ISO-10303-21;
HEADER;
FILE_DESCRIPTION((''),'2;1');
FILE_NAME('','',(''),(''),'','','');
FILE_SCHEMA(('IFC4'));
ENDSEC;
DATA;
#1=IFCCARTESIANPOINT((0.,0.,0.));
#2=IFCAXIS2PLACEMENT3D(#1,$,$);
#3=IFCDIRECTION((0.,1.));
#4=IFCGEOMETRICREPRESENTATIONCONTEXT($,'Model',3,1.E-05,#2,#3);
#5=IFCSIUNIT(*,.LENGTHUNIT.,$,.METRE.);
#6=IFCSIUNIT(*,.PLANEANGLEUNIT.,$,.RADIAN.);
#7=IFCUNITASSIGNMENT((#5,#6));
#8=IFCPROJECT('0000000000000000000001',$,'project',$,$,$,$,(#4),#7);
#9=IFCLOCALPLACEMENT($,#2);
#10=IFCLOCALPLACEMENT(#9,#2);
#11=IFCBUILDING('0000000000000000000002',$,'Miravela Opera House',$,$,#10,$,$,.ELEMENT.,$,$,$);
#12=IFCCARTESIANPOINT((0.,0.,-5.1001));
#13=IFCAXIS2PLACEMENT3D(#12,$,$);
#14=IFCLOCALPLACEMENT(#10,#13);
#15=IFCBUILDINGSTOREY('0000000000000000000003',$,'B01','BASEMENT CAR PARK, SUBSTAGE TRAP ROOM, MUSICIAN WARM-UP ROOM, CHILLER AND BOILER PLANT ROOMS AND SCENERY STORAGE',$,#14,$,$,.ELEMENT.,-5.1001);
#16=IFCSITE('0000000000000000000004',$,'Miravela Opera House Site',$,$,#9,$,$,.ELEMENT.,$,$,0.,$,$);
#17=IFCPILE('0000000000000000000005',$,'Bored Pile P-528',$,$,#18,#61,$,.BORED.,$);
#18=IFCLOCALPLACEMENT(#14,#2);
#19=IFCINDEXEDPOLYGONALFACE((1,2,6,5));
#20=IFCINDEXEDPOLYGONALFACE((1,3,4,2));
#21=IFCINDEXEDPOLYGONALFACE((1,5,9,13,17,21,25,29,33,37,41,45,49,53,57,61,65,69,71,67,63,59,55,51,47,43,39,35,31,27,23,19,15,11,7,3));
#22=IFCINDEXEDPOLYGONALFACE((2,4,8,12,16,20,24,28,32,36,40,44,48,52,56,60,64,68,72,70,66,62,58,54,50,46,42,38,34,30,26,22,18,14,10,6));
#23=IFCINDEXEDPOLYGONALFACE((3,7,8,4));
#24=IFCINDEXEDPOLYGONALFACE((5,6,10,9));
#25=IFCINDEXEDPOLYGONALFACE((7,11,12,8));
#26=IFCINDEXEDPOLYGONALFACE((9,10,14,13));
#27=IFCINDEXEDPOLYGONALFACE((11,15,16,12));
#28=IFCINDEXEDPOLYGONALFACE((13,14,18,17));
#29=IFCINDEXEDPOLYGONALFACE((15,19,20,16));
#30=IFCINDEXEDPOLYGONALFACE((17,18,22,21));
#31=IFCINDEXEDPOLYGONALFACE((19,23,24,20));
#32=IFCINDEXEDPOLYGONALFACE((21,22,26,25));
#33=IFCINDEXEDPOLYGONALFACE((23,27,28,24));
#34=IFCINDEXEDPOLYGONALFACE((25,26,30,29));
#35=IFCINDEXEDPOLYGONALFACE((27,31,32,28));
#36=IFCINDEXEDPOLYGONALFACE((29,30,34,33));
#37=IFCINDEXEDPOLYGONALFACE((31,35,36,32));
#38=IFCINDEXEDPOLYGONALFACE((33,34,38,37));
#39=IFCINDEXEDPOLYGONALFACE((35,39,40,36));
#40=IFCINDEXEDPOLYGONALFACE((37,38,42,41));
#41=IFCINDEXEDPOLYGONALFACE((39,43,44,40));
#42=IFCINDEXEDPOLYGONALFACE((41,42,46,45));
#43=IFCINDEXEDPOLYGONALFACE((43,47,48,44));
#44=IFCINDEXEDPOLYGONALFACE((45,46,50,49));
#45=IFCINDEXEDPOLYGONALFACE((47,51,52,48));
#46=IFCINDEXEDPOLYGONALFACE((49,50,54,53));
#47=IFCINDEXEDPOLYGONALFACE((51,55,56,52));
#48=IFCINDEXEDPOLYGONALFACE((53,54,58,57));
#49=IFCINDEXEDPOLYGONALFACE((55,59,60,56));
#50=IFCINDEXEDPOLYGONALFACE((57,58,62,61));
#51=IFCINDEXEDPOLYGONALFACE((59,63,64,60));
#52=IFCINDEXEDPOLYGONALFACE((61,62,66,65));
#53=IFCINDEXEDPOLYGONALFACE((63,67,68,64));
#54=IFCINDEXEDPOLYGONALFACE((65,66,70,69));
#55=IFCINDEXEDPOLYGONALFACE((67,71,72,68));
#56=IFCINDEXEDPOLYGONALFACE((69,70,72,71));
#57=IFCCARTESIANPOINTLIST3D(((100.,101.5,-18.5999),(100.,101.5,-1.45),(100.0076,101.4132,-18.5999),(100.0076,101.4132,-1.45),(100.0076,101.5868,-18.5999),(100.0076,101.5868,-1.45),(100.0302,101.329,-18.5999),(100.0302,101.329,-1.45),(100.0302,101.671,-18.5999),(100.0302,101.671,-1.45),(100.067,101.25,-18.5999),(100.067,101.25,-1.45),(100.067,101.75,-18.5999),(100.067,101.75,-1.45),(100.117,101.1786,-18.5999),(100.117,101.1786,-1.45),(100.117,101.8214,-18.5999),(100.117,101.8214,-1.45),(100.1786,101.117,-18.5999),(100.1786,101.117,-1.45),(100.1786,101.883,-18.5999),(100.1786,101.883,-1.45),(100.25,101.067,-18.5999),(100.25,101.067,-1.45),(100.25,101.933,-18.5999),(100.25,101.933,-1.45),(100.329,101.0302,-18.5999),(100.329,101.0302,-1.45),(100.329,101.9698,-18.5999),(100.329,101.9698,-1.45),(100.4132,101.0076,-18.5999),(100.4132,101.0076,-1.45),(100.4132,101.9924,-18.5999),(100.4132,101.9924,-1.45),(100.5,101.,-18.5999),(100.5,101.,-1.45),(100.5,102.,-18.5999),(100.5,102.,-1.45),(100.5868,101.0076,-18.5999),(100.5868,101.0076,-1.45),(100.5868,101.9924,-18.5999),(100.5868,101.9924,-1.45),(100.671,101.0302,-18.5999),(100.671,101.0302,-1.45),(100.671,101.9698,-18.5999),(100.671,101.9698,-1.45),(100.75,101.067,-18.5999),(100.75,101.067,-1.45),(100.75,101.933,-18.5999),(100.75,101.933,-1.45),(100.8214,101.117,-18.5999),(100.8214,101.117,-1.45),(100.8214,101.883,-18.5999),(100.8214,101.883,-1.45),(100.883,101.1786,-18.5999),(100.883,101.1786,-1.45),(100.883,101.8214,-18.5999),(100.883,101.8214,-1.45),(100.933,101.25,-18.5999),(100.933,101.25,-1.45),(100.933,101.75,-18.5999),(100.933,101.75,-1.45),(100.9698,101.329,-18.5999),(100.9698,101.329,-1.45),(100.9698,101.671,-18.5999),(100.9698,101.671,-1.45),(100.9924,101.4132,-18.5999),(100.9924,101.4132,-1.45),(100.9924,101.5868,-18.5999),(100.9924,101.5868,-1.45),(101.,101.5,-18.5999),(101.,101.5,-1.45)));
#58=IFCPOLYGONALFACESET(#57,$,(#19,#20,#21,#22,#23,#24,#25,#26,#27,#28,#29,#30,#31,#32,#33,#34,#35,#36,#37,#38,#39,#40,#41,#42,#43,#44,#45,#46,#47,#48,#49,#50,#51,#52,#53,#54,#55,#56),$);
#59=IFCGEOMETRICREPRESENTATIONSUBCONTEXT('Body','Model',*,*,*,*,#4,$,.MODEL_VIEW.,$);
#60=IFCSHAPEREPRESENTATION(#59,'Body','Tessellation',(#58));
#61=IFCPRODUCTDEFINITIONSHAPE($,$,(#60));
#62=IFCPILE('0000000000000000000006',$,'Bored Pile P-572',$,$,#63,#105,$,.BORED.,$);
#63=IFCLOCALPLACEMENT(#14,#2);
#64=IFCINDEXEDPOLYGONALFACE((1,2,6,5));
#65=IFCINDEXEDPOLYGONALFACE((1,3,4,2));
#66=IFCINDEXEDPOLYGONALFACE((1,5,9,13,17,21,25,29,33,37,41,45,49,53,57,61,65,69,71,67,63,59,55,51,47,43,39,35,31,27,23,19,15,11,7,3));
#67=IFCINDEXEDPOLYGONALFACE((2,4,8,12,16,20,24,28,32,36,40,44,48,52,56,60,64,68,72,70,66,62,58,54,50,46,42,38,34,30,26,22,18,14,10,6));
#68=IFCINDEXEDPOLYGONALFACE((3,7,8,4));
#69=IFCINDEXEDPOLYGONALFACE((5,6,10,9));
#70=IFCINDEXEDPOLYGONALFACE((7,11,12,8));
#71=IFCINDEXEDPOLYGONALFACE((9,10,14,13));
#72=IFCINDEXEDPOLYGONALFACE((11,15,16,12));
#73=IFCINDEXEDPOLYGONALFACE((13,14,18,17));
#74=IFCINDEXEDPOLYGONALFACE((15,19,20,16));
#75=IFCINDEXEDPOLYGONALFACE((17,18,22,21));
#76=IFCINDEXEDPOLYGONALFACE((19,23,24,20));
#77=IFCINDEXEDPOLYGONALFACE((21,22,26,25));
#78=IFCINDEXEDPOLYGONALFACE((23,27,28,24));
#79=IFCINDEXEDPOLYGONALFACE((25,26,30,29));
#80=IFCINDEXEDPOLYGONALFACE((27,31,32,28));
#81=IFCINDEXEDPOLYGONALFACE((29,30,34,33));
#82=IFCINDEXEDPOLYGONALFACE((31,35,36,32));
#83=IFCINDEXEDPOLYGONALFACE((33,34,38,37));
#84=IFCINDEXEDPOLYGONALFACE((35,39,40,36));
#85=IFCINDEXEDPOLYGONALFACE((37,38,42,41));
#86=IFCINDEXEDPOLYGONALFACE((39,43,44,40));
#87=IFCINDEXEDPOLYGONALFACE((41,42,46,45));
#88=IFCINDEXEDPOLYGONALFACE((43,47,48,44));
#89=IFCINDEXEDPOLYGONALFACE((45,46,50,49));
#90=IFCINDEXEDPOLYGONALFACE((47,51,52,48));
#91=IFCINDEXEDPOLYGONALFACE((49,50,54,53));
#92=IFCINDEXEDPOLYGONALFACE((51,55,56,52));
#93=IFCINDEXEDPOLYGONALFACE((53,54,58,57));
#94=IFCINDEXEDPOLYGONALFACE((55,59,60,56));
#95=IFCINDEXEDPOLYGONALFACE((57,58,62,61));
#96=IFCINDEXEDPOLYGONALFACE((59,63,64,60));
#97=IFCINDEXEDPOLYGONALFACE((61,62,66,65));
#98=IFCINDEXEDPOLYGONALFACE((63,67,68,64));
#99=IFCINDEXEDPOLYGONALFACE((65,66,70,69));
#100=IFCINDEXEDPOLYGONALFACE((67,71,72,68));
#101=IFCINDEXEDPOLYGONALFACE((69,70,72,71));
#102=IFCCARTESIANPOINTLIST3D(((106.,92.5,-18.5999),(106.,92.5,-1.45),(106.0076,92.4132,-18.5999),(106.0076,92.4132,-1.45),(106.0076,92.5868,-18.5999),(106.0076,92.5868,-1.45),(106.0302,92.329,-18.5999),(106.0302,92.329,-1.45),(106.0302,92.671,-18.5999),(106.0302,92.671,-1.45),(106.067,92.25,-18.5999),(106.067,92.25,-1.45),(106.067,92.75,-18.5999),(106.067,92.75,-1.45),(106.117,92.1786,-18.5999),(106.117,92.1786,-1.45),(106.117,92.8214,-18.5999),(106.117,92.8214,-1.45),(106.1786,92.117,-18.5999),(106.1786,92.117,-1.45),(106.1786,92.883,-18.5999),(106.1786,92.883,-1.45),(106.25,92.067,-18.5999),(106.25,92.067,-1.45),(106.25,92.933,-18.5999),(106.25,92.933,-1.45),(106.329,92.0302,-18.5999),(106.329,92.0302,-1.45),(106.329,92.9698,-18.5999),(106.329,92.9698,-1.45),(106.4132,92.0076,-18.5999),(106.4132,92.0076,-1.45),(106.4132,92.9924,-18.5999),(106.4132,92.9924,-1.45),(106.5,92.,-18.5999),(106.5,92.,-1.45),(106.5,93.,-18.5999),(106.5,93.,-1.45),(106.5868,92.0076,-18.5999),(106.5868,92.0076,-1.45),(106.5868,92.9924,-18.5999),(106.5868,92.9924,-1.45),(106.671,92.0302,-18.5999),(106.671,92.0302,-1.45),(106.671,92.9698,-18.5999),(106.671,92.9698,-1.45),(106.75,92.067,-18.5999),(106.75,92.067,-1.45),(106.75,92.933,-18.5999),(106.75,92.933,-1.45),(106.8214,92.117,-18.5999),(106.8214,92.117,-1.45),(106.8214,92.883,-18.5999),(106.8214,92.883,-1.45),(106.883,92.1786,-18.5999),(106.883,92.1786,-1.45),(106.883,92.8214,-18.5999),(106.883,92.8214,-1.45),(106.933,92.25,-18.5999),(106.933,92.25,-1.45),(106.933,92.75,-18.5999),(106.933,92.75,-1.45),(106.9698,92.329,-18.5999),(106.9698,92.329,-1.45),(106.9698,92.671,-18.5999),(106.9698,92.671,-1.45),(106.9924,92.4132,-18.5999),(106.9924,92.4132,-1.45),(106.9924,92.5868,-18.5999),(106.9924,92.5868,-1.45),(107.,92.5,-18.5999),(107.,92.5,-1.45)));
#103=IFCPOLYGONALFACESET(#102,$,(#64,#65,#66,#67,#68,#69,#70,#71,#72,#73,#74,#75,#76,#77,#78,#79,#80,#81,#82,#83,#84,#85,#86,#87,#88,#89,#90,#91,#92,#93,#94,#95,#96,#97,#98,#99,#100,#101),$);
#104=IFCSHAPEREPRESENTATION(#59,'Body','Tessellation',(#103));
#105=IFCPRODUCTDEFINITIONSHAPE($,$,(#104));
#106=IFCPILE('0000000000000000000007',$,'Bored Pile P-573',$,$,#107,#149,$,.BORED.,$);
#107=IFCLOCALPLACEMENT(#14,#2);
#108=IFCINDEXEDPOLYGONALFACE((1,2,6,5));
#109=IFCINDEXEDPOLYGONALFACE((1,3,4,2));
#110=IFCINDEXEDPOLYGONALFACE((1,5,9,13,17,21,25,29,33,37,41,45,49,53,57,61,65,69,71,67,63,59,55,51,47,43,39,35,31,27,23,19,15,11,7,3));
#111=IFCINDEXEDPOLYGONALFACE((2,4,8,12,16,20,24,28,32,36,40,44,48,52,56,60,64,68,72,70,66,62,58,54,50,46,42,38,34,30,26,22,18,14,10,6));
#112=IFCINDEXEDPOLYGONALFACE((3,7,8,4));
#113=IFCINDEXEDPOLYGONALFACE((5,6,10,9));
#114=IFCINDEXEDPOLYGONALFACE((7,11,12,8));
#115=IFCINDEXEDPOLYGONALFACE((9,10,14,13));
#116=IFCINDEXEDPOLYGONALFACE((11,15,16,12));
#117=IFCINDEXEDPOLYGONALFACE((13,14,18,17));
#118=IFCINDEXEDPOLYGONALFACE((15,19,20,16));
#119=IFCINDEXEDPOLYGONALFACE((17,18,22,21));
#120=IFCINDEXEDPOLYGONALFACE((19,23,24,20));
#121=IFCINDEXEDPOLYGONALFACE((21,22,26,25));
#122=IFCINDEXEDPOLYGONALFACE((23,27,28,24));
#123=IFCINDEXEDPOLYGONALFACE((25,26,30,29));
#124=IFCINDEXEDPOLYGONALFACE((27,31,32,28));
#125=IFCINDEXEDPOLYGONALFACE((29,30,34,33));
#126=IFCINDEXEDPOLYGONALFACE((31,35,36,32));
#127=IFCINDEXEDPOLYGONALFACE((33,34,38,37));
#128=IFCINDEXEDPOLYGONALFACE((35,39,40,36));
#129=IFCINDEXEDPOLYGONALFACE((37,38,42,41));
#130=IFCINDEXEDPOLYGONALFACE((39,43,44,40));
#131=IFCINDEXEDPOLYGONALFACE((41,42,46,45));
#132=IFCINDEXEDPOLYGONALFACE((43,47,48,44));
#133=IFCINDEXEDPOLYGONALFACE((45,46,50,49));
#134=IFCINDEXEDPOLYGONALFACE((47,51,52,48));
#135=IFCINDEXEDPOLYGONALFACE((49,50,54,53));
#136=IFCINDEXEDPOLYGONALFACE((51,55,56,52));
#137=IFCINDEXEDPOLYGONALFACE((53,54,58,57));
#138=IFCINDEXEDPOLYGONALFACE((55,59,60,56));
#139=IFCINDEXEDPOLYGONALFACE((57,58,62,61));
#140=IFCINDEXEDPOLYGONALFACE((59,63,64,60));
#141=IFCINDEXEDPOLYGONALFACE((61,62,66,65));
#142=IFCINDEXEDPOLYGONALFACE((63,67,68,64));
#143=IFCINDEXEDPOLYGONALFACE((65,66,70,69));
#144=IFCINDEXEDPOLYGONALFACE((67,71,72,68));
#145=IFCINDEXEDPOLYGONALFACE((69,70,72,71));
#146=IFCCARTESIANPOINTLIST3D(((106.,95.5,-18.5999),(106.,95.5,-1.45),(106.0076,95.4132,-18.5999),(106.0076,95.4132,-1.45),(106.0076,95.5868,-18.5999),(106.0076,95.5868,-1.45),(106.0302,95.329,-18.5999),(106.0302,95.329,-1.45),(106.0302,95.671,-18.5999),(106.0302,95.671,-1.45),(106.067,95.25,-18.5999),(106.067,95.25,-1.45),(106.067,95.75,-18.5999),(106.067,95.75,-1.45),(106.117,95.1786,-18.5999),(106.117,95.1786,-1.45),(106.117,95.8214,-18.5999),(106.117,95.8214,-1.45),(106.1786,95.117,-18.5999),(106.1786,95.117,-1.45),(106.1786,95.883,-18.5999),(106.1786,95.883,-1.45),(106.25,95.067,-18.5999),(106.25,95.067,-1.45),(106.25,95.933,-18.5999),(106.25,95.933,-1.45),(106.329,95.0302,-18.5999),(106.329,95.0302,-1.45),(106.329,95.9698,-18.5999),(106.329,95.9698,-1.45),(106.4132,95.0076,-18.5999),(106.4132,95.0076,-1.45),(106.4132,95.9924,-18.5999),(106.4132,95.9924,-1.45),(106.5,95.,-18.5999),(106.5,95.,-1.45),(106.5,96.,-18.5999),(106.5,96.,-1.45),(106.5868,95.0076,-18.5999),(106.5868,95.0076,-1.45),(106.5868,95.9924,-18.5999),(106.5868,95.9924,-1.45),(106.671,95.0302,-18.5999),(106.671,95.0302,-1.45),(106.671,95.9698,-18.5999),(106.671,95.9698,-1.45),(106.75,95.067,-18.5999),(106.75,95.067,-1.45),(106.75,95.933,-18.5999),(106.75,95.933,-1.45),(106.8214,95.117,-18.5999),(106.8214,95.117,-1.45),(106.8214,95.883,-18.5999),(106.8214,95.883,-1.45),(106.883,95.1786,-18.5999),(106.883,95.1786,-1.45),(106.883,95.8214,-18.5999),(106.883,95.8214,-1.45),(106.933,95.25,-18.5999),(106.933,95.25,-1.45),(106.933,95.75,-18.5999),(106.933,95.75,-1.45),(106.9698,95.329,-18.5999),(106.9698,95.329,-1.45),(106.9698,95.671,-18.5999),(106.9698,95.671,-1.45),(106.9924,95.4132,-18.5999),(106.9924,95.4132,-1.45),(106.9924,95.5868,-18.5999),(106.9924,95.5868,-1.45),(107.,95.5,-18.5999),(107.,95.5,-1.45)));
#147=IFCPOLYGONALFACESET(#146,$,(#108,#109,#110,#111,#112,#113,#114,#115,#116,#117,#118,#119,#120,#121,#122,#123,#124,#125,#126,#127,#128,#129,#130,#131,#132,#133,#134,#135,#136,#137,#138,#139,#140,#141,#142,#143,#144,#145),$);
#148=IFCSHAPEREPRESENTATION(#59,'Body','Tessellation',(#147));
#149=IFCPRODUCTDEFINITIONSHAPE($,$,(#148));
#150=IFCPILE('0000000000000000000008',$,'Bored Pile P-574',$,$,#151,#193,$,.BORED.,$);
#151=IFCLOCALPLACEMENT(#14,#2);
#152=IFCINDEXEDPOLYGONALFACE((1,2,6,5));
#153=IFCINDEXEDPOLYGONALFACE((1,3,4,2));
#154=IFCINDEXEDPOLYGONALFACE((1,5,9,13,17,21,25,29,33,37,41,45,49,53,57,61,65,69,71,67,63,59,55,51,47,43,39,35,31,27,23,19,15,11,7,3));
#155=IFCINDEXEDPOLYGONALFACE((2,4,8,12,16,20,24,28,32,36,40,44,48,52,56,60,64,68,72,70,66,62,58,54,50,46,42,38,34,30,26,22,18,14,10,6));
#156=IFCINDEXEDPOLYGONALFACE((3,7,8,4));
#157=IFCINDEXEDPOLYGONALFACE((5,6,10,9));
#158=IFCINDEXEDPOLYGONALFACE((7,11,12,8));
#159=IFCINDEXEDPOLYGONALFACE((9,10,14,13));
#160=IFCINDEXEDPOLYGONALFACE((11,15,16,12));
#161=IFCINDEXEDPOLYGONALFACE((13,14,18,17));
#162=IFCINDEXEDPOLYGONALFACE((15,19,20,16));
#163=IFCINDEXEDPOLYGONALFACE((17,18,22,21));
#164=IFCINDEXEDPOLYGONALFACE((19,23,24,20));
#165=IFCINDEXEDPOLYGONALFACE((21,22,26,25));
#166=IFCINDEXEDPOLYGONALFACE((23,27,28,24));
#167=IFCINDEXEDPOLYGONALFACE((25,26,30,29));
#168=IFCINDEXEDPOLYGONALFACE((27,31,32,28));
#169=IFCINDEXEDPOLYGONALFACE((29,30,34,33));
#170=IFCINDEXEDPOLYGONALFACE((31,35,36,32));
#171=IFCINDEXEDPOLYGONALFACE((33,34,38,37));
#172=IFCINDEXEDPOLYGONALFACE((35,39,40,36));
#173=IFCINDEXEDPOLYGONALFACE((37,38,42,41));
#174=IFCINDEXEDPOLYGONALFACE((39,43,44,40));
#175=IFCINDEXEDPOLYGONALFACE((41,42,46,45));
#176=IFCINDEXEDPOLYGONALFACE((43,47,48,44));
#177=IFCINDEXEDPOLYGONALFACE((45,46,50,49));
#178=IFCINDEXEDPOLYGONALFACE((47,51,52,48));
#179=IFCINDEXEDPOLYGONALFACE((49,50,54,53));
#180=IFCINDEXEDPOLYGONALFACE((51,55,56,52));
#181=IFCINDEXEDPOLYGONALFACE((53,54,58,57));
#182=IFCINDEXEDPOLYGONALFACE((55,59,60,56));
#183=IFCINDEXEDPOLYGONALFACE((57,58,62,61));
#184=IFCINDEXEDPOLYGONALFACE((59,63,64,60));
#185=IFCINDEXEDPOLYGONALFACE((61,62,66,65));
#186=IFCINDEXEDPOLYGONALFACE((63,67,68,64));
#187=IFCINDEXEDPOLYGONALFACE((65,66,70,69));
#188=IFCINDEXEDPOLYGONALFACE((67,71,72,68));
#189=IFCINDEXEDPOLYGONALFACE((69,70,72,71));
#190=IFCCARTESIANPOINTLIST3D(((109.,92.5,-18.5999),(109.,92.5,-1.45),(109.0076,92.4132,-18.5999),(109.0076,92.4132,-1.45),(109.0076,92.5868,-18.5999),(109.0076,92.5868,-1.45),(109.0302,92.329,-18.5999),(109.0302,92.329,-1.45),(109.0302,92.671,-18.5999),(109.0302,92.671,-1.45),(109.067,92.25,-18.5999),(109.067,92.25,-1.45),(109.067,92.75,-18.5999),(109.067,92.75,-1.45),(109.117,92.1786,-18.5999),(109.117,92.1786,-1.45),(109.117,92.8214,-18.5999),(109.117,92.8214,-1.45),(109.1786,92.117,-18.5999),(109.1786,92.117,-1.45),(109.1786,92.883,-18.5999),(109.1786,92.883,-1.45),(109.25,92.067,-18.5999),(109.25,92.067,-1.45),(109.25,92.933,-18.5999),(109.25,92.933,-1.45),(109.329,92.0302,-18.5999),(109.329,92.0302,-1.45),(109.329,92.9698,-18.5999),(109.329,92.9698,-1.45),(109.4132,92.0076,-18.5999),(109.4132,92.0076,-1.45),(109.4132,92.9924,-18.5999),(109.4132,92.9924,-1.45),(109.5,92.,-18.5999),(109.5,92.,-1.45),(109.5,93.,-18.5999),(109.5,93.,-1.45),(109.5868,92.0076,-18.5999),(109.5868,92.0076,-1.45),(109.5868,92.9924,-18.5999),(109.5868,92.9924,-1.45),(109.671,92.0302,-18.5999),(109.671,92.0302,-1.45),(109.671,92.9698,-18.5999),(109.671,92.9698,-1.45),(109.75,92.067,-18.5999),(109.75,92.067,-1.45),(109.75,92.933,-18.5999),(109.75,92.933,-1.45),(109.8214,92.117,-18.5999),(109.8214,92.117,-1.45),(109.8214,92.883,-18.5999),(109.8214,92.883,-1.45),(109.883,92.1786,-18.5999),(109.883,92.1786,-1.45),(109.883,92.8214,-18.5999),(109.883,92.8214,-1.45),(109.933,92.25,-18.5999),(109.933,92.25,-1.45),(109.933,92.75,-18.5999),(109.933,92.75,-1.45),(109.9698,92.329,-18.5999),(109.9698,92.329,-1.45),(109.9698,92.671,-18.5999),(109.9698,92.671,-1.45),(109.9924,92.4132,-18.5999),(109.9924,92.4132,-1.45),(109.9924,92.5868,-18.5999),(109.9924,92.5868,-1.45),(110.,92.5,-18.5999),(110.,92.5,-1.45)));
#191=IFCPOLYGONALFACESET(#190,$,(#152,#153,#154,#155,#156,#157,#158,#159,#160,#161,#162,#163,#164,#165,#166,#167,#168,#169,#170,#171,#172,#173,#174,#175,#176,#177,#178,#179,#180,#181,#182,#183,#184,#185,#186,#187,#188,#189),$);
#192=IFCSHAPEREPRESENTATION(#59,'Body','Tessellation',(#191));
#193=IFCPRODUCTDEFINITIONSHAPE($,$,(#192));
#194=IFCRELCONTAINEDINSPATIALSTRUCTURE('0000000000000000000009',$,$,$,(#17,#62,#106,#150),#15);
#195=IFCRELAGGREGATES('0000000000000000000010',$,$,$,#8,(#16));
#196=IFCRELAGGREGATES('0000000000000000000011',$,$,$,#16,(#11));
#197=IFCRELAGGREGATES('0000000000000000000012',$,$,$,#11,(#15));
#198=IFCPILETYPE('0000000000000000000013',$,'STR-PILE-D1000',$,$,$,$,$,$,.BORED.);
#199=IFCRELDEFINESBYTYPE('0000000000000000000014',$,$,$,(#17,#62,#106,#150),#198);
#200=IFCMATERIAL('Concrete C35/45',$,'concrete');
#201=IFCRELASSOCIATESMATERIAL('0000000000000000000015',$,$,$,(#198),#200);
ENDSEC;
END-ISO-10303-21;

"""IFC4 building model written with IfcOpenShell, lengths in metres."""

from ifc_helpers import new_model, si_unit, direction, frame, origin, origin_2d, place, context, subcontext, project, spatial, circle, extrude, material, material_profile, profile_set, type_object, element, save


model = new_model("IFC4")

# Units and contexts
model_context = context("Model", 3, precision=1e-05, world=origin(), true_north=direction((0.0, 1.0)))
body_context = subcontext(model_context, "Body", "Model", "MODEL_VIEW")
ifc_project = project(units=[si_unit("LENGTHUNIT", "METRE"), si_unit("PLANEANGLEUNIT", "RADIAN")], contexts=[model_context])

# Site, building, storey
site_placement = place(None, origin())
site = spatial("IfcSite", under=ifc_project, at=site_placement, Name="Miravela Opera House Site", CompositionType="ELEMENT", RefElevation=0.0)
building_placement = place(site_placement, origin())
building = spatial("IfcBuilding", under=site, at=building_placement, Name="Miravela Opera House", CompositionType="ELEMENT")
storey_placement = place(building_placement, frame((0.0, 0.0, -5.1001)))
storey = spatial("IfcBuildingStorey", under=building, at=storey_placement, Name="B01", Description="BASEMENT CAR PARK, SUBSTAGE TRAP ROOM, MUSICIAN WARM-UP ROOM, CHILLER AND BOILER PLANT ROOMS AND SCENERY STORAGE", CompositionType="ELEMENT", Elevation=-5.1001)

# Shared definitions
ifc_material_1 = material(Name="Concrete C35/45", Category="concrete")

# Piles
ifc_material_profile_1 = material_profile(ifc_material_1, circle(Radius=0.5, at=origin_2d()), Name="PILE-D1000")
ifc_profile_set_1 = profile_set([ifc_material_profile_1])
pile_type_1 = type_object("IfcPileType", Name="STR-PILE-D1000", PredefinedType="BORED", material=ifc_profile_set_1)
for number, where, z_axis, x_axis, name in (
    (1, (100.5, 101.5, -1.45), (0.0, 0.0, -1.0), (1.0, 0.0, 0.0), "Bored Pile P-528"),
    (2, (106.5, 92.5, -1.45), (0.0, 0.0, -1.0), (1.0, 0.0, 0.0), "Bored Pile P-572"),
    (3, (106.5, 95.5, -1.45), (0.0, 0.0, -1.0), (1.0, 0.0, 0.0), "Bored Pile P-573"),
    (4, (109.5, 92.5, -1.45), (0.0, 0.0, -1.0), (1.0, 0.0, 0.0), "Bored Pile P-574"),
):
    element("IfcPile", number, at=place(storey_placement, frame(where, z_axis=z_axis, x_axis=x_axis)), inside=storey, type_object=pile_type_1, Name=name, PredefinedType="BORED", context=body_context, shape_type="SweptSolid", body=[
        extrude(circle(Radius=0.5, at=origin_2d()), origin(), (0.0, 0.0, 1.0), 17.1499),
    ])

save(model, "model.ifc")
